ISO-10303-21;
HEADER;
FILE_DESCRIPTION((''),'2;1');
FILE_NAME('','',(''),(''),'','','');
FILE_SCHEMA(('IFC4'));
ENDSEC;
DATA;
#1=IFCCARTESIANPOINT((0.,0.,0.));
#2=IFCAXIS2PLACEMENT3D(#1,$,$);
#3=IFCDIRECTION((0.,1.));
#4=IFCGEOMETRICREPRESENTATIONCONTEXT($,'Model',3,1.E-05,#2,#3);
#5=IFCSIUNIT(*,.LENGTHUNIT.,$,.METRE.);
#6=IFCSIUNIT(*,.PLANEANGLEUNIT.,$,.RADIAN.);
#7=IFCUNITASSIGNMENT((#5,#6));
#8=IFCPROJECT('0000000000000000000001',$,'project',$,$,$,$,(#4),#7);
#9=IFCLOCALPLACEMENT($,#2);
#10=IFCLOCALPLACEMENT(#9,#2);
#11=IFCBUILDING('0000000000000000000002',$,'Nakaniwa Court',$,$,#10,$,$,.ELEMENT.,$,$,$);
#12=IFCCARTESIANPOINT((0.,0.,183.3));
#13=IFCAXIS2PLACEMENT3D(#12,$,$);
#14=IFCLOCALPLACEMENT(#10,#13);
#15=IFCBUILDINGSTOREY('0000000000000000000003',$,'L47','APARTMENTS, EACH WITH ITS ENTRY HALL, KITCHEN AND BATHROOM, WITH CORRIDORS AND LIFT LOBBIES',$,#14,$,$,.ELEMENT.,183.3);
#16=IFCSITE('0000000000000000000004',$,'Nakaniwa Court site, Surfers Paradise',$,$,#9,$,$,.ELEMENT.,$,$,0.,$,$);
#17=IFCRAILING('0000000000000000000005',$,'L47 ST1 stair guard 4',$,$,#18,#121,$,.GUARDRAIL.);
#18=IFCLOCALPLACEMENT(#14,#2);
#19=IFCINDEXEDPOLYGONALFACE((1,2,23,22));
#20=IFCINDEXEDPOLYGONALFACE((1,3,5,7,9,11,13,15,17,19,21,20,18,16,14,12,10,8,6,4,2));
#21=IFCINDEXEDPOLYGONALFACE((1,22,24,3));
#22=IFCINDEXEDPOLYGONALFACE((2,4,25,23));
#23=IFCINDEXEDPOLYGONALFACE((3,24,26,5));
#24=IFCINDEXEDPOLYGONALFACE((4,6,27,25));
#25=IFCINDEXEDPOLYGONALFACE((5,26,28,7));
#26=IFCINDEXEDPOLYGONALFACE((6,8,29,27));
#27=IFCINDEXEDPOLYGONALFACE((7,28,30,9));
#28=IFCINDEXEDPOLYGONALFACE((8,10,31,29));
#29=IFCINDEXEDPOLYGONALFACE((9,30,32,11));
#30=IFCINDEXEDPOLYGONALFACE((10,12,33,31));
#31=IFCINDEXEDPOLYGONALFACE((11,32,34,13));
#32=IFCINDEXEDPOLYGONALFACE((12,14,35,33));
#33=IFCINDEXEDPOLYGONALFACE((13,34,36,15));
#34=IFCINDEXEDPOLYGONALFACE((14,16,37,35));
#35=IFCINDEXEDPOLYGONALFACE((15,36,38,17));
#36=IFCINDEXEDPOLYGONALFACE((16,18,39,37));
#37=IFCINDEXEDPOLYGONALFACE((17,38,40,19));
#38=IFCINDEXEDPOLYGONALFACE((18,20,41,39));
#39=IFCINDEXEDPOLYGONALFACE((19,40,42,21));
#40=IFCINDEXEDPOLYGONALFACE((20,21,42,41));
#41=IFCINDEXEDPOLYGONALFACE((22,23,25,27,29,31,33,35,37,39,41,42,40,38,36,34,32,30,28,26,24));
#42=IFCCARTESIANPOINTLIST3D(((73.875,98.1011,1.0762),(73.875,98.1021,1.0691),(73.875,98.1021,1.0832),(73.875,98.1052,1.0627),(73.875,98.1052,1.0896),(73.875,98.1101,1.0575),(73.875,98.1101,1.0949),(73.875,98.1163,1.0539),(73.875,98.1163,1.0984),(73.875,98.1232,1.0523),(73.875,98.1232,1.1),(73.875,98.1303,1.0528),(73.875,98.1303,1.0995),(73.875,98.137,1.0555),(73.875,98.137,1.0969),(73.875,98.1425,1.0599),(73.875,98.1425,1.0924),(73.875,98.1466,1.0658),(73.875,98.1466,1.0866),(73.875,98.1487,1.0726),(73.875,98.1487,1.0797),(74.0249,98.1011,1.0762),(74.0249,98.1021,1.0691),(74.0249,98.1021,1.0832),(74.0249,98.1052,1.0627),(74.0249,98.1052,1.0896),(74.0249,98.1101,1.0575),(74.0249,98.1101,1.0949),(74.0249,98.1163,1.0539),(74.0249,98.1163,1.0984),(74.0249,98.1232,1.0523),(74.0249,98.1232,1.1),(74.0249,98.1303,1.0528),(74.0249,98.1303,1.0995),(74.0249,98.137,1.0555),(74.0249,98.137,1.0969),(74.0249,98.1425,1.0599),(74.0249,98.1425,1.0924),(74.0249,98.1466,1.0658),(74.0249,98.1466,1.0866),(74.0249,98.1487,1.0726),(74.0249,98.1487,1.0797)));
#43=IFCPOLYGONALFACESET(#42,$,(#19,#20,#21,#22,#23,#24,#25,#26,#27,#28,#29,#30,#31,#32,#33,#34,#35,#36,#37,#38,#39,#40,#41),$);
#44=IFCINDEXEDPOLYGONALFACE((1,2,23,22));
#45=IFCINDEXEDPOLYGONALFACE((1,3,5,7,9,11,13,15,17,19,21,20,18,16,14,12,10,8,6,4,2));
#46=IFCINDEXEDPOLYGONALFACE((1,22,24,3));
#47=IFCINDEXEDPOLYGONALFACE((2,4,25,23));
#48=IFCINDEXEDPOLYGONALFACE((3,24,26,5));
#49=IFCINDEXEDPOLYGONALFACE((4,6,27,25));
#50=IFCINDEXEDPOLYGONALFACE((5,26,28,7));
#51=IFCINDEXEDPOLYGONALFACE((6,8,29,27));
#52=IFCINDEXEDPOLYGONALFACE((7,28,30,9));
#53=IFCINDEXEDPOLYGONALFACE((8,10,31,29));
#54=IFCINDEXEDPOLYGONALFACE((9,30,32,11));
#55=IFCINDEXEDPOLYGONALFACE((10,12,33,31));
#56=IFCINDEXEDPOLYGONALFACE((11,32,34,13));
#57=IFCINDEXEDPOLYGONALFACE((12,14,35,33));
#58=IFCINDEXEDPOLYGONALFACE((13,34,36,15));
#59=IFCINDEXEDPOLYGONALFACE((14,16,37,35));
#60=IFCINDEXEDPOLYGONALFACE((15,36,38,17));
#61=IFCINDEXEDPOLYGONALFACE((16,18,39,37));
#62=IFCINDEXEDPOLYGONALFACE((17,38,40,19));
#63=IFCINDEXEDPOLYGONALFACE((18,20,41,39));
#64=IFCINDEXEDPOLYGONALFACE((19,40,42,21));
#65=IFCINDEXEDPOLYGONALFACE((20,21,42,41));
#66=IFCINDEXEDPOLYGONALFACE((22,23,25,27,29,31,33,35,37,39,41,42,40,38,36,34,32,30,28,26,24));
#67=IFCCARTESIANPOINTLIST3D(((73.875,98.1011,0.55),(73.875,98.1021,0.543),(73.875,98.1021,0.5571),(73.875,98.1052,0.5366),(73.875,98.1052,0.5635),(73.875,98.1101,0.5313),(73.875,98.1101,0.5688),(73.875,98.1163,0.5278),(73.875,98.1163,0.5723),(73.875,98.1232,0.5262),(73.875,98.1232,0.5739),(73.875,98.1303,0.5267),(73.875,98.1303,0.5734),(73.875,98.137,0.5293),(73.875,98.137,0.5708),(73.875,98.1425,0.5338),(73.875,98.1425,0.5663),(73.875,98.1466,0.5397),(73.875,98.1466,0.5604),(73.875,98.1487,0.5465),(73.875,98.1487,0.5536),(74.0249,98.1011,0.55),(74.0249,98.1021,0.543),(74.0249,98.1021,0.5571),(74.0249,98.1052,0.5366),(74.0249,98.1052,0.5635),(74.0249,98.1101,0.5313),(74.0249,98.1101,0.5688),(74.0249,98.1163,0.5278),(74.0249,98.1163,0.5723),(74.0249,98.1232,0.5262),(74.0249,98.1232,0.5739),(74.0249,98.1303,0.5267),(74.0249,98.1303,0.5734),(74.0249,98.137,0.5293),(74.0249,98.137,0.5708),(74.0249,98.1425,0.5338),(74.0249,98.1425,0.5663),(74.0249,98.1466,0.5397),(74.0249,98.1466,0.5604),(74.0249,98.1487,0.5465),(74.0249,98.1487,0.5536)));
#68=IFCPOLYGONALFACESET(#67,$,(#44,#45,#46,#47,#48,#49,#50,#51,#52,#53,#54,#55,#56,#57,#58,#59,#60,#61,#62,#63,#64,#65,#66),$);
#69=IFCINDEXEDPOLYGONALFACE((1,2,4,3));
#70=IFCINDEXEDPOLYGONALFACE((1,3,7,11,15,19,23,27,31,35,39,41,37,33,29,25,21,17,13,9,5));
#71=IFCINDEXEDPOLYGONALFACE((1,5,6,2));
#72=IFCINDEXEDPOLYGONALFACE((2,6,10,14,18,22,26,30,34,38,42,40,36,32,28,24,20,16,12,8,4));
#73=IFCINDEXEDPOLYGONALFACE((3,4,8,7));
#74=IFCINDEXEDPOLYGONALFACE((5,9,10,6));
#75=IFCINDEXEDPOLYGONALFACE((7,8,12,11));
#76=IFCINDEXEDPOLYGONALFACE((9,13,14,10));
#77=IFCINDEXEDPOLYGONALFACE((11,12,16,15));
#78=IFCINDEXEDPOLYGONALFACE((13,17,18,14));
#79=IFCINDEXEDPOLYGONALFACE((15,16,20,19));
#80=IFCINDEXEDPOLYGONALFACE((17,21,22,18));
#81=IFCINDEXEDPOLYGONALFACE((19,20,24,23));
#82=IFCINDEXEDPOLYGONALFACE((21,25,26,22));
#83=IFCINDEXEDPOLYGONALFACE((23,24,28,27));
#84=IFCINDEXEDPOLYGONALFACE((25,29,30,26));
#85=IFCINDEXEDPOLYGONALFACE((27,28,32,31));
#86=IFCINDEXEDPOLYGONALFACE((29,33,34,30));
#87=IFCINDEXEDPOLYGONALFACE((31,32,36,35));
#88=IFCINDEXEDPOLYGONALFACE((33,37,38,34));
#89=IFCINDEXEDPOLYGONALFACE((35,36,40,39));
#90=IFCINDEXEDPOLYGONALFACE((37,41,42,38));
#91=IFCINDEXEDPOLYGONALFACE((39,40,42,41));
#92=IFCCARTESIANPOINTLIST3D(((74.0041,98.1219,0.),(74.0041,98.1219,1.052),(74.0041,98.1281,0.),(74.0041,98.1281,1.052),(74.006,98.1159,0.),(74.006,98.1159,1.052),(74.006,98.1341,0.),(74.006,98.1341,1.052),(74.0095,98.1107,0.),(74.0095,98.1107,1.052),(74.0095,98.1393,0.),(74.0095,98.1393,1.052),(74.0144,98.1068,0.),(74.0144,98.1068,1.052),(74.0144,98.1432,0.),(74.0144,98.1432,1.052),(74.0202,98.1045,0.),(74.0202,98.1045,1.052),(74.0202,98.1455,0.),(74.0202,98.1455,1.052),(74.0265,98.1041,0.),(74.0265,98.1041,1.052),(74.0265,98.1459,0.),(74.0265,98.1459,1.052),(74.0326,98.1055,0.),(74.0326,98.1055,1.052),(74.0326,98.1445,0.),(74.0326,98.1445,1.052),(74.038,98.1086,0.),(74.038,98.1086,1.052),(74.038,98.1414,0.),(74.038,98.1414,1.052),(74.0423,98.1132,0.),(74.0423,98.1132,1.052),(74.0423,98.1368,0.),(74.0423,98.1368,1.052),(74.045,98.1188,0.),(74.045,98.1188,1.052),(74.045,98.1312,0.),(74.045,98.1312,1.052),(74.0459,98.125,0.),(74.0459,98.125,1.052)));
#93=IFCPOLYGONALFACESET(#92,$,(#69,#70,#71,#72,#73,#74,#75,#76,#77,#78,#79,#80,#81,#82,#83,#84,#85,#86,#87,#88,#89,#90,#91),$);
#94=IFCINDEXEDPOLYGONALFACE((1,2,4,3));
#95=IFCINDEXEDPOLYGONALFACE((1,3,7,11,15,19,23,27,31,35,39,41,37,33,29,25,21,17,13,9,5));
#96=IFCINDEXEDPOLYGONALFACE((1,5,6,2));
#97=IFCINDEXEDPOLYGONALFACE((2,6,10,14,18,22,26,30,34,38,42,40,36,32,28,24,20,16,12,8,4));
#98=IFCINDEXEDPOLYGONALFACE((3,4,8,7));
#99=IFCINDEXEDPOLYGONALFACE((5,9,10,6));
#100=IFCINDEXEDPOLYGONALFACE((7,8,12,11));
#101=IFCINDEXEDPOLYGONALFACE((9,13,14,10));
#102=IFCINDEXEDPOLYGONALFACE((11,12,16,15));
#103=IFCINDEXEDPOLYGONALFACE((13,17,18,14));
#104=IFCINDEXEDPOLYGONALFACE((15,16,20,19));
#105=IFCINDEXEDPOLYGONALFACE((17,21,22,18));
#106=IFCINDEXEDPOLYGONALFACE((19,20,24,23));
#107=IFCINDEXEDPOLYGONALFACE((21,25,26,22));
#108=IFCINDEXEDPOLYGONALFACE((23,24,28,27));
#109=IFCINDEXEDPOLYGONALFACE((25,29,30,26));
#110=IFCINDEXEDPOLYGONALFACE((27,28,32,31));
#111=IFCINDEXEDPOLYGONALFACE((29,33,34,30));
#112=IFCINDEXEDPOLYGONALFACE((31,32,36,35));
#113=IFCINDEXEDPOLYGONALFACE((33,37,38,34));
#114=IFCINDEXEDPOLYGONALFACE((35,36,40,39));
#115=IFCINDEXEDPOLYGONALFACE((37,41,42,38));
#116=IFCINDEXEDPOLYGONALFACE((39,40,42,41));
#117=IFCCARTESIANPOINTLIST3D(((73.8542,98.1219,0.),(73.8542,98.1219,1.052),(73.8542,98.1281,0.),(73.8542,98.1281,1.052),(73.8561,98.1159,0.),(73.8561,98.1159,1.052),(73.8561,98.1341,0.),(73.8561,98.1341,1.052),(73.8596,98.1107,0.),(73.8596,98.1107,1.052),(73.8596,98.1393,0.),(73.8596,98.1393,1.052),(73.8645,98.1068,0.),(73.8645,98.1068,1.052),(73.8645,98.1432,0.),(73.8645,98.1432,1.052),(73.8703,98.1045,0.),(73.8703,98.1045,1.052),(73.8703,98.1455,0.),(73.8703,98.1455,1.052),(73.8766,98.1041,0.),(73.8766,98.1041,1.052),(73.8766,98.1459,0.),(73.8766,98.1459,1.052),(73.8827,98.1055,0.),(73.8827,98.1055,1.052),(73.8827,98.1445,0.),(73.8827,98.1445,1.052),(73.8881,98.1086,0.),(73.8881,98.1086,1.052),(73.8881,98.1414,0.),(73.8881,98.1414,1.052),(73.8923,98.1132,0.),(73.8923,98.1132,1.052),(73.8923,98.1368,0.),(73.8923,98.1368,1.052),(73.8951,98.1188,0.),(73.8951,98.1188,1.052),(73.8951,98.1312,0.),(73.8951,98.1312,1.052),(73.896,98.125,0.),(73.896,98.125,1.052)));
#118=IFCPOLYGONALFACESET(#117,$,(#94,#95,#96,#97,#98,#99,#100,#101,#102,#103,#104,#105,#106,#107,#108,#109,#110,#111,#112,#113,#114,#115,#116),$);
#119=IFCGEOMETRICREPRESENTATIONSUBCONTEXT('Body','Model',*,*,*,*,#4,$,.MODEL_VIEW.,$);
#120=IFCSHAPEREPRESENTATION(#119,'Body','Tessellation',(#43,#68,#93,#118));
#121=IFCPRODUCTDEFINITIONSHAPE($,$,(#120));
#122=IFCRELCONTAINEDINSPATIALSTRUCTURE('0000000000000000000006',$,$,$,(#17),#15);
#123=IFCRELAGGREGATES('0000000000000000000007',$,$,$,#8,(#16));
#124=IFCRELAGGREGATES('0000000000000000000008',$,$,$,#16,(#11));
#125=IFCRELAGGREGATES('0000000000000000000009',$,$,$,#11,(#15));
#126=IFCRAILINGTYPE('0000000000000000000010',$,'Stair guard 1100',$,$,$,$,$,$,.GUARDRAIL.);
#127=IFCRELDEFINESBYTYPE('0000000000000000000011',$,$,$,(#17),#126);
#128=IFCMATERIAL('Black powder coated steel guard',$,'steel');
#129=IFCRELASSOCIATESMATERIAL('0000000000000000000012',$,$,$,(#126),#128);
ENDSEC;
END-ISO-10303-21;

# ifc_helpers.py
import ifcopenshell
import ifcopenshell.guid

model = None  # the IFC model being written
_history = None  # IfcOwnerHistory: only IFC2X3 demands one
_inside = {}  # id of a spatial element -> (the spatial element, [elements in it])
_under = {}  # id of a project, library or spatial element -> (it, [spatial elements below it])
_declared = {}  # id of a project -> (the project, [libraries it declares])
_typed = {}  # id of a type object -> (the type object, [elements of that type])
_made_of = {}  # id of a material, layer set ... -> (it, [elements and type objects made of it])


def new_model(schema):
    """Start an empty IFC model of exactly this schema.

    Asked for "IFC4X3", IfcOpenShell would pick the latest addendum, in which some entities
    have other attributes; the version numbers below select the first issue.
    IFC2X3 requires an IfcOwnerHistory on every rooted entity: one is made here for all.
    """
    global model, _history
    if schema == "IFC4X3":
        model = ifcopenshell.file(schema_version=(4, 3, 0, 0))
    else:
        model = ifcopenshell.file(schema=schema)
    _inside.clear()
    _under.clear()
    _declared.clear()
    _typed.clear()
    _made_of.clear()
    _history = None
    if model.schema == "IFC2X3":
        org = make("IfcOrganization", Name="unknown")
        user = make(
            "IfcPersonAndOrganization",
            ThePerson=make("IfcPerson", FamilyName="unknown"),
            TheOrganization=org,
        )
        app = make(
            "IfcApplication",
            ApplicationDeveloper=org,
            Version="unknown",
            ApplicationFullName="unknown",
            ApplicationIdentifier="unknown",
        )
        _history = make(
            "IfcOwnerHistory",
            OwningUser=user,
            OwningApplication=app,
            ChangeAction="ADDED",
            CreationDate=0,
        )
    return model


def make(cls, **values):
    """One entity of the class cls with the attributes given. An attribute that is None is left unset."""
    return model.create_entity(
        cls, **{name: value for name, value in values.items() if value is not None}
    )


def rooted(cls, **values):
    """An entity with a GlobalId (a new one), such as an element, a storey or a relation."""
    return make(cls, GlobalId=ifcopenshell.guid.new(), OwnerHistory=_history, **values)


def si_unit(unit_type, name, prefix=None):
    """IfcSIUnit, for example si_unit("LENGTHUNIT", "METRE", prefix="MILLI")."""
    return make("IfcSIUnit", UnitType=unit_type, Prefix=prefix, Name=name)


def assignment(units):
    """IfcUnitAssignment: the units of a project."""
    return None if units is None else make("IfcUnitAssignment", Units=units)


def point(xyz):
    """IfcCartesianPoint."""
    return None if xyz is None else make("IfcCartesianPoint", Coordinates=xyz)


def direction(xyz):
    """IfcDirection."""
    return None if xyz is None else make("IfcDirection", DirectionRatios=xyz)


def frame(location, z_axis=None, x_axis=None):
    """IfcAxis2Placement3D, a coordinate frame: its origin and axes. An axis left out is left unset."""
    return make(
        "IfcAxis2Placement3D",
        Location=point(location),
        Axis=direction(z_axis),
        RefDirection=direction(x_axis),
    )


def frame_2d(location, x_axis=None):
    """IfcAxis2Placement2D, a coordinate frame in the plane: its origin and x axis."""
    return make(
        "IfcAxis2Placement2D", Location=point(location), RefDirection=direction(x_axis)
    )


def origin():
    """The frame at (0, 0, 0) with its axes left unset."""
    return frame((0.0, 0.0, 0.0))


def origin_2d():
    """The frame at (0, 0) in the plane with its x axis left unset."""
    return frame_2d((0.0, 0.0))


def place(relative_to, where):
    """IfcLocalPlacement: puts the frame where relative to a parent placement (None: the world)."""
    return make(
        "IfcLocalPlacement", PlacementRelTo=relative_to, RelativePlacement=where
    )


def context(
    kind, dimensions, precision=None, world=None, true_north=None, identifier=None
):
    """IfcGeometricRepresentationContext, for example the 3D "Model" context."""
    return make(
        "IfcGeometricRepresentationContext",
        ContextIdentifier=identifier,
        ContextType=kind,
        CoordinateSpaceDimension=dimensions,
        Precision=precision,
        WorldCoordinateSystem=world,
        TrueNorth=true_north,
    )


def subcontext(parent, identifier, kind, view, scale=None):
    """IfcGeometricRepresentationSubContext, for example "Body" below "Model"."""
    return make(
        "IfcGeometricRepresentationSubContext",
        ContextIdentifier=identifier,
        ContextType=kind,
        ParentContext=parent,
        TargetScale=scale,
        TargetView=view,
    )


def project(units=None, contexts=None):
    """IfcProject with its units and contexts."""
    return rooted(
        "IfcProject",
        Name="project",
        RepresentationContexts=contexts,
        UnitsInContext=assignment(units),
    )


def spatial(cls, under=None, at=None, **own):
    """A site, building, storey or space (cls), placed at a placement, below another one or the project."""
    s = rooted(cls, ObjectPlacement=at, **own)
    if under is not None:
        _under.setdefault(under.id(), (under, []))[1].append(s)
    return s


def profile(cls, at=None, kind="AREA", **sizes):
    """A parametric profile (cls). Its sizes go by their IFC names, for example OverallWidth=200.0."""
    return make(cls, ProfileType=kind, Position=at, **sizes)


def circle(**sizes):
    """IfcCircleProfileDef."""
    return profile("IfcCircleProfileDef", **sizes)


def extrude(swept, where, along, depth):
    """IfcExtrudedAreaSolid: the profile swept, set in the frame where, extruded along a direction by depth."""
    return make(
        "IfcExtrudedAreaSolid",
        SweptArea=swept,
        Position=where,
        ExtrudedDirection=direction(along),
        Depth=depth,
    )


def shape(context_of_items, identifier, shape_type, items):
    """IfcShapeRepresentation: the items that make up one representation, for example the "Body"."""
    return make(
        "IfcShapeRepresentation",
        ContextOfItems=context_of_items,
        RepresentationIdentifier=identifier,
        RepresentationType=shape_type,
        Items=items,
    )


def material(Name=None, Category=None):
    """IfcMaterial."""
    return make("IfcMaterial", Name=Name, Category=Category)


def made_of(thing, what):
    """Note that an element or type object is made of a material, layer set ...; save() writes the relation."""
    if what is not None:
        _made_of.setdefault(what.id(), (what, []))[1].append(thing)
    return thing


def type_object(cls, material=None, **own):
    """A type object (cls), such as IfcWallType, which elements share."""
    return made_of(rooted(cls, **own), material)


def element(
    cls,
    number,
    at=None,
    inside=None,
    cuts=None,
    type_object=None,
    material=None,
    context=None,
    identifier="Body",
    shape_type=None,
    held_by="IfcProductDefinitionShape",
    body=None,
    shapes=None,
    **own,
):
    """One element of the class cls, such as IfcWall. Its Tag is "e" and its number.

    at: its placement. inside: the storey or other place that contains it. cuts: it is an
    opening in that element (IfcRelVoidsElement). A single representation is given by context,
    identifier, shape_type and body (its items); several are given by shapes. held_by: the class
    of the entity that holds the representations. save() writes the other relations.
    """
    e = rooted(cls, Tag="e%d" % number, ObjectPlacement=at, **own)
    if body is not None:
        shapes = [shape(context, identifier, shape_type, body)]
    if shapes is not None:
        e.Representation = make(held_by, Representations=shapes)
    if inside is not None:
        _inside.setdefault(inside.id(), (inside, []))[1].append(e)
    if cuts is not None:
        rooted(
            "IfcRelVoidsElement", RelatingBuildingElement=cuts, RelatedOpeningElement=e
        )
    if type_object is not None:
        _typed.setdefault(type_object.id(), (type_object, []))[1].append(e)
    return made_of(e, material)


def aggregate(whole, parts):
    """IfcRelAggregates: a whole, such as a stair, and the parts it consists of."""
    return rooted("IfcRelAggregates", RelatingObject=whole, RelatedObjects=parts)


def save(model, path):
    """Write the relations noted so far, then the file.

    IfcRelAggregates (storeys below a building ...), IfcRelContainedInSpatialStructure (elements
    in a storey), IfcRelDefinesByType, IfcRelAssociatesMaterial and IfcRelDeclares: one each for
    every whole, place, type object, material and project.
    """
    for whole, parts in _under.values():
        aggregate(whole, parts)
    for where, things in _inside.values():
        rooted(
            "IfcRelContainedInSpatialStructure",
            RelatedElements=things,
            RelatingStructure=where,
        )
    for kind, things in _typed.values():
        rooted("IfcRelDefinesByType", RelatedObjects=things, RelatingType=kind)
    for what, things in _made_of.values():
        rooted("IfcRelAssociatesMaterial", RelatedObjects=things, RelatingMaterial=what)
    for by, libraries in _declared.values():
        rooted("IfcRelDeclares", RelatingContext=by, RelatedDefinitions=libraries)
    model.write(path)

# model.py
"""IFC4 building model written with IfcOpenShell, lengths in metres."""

from ifc_helpers import new_model, si_unit, direction, frame, origin, origin_2d, place, context, subcontext, project, spatial, circle, extrude, material, type_object, element, save


model = new_model("IFC4")

# Units and contexts
model_context = context("Model", 3, precision=1e-05, world=origin(), true_north=direction((0.0, 1.0)))
body_context = subcontext(model_context, "Body", "Model", "MODEL_VIEW")
ifc_project = project(units=[si_unit("LENGTHUNIT", "METRE"), si_unit("PLANEANGLEUNIT", "RADIAN")], contexts=[model_context])

# Site, building, storey
site_placement = place(None, origin())
site = spatial("IfcSite", under=ifc_project, at=site_placement, Name="Nakaniwa Court site, Surfers Paradise", CompositionType="ELEMENT", RefElevation=0.0)
building_placement = place(site_placement, origin())
building = spatial("IfcBuilding", under=site, at=building_placement, Name="Nakaniwa Court", CompositionType="ELEMENT")
storey_placement = place(building_placement, frame((0.0, 0.0, 183.3)))
storey = spatial("IfcBuildingStorey", under=building, at=storey_placement, Name="L47", Description="APARTMENTS, EACH WITH ITS ENTRY HALL, KITCHEN AND BATHROOM, WITH CORRIDORS AND LIFT LOBBIES", CompositionType="ELEMENT", Elevation=183.3)

# Railing
ifc_material_1 = material(Name="Black powder coated steel guard", Category="steel")
railing_type_1 = type_object("IfcRailingType", Name="Stair guard 1100", PredefinedType="GUARDRAIL", material=ifc_material_1)
railing_1_placement = place(storey_placement, frame((74.0249, 98.125, 0.0)))
element("IfcRailing", 1, at=railing_1_placement, inside=storey, type_object=railing_type_1, Name="L47 ST1 stair guard 4", PredefinedType="GUARDRAIL", context=body_context, shape_type="SweptSolid", body=[
    extrude(circle(Radius=0.0239, at=origin_2d()), frame((0.0, 0.0, 1.0762), z_axis=(-1.0, 0.0, 0.0), x_axis=(0.0, -1.0, 0.0)), (0.0, 0.0, 1.0), 0.1499),
    extrude(circle(Radius=0.0239, at=origin_2d()), frame((0.0, 0.0, 0.55), z_axis=(-1.0, 0.0, 0.0), x_axis=(0.0, -1.0, 0.0)), (0.0, 0.0, 1.0), 0.1499),
    extrude(circle(Radius=0.021, at=origin_2d()), origin(), (0.0, 0.0, 1.0), 1.052),
    extrude(circle(Radius=0.021, at=origin_2d()), frame((-0.1499, 0.0, 0.0)), (0.0, 0.0, 1.0), 1.052),
])

save(model, "model.ifc")
